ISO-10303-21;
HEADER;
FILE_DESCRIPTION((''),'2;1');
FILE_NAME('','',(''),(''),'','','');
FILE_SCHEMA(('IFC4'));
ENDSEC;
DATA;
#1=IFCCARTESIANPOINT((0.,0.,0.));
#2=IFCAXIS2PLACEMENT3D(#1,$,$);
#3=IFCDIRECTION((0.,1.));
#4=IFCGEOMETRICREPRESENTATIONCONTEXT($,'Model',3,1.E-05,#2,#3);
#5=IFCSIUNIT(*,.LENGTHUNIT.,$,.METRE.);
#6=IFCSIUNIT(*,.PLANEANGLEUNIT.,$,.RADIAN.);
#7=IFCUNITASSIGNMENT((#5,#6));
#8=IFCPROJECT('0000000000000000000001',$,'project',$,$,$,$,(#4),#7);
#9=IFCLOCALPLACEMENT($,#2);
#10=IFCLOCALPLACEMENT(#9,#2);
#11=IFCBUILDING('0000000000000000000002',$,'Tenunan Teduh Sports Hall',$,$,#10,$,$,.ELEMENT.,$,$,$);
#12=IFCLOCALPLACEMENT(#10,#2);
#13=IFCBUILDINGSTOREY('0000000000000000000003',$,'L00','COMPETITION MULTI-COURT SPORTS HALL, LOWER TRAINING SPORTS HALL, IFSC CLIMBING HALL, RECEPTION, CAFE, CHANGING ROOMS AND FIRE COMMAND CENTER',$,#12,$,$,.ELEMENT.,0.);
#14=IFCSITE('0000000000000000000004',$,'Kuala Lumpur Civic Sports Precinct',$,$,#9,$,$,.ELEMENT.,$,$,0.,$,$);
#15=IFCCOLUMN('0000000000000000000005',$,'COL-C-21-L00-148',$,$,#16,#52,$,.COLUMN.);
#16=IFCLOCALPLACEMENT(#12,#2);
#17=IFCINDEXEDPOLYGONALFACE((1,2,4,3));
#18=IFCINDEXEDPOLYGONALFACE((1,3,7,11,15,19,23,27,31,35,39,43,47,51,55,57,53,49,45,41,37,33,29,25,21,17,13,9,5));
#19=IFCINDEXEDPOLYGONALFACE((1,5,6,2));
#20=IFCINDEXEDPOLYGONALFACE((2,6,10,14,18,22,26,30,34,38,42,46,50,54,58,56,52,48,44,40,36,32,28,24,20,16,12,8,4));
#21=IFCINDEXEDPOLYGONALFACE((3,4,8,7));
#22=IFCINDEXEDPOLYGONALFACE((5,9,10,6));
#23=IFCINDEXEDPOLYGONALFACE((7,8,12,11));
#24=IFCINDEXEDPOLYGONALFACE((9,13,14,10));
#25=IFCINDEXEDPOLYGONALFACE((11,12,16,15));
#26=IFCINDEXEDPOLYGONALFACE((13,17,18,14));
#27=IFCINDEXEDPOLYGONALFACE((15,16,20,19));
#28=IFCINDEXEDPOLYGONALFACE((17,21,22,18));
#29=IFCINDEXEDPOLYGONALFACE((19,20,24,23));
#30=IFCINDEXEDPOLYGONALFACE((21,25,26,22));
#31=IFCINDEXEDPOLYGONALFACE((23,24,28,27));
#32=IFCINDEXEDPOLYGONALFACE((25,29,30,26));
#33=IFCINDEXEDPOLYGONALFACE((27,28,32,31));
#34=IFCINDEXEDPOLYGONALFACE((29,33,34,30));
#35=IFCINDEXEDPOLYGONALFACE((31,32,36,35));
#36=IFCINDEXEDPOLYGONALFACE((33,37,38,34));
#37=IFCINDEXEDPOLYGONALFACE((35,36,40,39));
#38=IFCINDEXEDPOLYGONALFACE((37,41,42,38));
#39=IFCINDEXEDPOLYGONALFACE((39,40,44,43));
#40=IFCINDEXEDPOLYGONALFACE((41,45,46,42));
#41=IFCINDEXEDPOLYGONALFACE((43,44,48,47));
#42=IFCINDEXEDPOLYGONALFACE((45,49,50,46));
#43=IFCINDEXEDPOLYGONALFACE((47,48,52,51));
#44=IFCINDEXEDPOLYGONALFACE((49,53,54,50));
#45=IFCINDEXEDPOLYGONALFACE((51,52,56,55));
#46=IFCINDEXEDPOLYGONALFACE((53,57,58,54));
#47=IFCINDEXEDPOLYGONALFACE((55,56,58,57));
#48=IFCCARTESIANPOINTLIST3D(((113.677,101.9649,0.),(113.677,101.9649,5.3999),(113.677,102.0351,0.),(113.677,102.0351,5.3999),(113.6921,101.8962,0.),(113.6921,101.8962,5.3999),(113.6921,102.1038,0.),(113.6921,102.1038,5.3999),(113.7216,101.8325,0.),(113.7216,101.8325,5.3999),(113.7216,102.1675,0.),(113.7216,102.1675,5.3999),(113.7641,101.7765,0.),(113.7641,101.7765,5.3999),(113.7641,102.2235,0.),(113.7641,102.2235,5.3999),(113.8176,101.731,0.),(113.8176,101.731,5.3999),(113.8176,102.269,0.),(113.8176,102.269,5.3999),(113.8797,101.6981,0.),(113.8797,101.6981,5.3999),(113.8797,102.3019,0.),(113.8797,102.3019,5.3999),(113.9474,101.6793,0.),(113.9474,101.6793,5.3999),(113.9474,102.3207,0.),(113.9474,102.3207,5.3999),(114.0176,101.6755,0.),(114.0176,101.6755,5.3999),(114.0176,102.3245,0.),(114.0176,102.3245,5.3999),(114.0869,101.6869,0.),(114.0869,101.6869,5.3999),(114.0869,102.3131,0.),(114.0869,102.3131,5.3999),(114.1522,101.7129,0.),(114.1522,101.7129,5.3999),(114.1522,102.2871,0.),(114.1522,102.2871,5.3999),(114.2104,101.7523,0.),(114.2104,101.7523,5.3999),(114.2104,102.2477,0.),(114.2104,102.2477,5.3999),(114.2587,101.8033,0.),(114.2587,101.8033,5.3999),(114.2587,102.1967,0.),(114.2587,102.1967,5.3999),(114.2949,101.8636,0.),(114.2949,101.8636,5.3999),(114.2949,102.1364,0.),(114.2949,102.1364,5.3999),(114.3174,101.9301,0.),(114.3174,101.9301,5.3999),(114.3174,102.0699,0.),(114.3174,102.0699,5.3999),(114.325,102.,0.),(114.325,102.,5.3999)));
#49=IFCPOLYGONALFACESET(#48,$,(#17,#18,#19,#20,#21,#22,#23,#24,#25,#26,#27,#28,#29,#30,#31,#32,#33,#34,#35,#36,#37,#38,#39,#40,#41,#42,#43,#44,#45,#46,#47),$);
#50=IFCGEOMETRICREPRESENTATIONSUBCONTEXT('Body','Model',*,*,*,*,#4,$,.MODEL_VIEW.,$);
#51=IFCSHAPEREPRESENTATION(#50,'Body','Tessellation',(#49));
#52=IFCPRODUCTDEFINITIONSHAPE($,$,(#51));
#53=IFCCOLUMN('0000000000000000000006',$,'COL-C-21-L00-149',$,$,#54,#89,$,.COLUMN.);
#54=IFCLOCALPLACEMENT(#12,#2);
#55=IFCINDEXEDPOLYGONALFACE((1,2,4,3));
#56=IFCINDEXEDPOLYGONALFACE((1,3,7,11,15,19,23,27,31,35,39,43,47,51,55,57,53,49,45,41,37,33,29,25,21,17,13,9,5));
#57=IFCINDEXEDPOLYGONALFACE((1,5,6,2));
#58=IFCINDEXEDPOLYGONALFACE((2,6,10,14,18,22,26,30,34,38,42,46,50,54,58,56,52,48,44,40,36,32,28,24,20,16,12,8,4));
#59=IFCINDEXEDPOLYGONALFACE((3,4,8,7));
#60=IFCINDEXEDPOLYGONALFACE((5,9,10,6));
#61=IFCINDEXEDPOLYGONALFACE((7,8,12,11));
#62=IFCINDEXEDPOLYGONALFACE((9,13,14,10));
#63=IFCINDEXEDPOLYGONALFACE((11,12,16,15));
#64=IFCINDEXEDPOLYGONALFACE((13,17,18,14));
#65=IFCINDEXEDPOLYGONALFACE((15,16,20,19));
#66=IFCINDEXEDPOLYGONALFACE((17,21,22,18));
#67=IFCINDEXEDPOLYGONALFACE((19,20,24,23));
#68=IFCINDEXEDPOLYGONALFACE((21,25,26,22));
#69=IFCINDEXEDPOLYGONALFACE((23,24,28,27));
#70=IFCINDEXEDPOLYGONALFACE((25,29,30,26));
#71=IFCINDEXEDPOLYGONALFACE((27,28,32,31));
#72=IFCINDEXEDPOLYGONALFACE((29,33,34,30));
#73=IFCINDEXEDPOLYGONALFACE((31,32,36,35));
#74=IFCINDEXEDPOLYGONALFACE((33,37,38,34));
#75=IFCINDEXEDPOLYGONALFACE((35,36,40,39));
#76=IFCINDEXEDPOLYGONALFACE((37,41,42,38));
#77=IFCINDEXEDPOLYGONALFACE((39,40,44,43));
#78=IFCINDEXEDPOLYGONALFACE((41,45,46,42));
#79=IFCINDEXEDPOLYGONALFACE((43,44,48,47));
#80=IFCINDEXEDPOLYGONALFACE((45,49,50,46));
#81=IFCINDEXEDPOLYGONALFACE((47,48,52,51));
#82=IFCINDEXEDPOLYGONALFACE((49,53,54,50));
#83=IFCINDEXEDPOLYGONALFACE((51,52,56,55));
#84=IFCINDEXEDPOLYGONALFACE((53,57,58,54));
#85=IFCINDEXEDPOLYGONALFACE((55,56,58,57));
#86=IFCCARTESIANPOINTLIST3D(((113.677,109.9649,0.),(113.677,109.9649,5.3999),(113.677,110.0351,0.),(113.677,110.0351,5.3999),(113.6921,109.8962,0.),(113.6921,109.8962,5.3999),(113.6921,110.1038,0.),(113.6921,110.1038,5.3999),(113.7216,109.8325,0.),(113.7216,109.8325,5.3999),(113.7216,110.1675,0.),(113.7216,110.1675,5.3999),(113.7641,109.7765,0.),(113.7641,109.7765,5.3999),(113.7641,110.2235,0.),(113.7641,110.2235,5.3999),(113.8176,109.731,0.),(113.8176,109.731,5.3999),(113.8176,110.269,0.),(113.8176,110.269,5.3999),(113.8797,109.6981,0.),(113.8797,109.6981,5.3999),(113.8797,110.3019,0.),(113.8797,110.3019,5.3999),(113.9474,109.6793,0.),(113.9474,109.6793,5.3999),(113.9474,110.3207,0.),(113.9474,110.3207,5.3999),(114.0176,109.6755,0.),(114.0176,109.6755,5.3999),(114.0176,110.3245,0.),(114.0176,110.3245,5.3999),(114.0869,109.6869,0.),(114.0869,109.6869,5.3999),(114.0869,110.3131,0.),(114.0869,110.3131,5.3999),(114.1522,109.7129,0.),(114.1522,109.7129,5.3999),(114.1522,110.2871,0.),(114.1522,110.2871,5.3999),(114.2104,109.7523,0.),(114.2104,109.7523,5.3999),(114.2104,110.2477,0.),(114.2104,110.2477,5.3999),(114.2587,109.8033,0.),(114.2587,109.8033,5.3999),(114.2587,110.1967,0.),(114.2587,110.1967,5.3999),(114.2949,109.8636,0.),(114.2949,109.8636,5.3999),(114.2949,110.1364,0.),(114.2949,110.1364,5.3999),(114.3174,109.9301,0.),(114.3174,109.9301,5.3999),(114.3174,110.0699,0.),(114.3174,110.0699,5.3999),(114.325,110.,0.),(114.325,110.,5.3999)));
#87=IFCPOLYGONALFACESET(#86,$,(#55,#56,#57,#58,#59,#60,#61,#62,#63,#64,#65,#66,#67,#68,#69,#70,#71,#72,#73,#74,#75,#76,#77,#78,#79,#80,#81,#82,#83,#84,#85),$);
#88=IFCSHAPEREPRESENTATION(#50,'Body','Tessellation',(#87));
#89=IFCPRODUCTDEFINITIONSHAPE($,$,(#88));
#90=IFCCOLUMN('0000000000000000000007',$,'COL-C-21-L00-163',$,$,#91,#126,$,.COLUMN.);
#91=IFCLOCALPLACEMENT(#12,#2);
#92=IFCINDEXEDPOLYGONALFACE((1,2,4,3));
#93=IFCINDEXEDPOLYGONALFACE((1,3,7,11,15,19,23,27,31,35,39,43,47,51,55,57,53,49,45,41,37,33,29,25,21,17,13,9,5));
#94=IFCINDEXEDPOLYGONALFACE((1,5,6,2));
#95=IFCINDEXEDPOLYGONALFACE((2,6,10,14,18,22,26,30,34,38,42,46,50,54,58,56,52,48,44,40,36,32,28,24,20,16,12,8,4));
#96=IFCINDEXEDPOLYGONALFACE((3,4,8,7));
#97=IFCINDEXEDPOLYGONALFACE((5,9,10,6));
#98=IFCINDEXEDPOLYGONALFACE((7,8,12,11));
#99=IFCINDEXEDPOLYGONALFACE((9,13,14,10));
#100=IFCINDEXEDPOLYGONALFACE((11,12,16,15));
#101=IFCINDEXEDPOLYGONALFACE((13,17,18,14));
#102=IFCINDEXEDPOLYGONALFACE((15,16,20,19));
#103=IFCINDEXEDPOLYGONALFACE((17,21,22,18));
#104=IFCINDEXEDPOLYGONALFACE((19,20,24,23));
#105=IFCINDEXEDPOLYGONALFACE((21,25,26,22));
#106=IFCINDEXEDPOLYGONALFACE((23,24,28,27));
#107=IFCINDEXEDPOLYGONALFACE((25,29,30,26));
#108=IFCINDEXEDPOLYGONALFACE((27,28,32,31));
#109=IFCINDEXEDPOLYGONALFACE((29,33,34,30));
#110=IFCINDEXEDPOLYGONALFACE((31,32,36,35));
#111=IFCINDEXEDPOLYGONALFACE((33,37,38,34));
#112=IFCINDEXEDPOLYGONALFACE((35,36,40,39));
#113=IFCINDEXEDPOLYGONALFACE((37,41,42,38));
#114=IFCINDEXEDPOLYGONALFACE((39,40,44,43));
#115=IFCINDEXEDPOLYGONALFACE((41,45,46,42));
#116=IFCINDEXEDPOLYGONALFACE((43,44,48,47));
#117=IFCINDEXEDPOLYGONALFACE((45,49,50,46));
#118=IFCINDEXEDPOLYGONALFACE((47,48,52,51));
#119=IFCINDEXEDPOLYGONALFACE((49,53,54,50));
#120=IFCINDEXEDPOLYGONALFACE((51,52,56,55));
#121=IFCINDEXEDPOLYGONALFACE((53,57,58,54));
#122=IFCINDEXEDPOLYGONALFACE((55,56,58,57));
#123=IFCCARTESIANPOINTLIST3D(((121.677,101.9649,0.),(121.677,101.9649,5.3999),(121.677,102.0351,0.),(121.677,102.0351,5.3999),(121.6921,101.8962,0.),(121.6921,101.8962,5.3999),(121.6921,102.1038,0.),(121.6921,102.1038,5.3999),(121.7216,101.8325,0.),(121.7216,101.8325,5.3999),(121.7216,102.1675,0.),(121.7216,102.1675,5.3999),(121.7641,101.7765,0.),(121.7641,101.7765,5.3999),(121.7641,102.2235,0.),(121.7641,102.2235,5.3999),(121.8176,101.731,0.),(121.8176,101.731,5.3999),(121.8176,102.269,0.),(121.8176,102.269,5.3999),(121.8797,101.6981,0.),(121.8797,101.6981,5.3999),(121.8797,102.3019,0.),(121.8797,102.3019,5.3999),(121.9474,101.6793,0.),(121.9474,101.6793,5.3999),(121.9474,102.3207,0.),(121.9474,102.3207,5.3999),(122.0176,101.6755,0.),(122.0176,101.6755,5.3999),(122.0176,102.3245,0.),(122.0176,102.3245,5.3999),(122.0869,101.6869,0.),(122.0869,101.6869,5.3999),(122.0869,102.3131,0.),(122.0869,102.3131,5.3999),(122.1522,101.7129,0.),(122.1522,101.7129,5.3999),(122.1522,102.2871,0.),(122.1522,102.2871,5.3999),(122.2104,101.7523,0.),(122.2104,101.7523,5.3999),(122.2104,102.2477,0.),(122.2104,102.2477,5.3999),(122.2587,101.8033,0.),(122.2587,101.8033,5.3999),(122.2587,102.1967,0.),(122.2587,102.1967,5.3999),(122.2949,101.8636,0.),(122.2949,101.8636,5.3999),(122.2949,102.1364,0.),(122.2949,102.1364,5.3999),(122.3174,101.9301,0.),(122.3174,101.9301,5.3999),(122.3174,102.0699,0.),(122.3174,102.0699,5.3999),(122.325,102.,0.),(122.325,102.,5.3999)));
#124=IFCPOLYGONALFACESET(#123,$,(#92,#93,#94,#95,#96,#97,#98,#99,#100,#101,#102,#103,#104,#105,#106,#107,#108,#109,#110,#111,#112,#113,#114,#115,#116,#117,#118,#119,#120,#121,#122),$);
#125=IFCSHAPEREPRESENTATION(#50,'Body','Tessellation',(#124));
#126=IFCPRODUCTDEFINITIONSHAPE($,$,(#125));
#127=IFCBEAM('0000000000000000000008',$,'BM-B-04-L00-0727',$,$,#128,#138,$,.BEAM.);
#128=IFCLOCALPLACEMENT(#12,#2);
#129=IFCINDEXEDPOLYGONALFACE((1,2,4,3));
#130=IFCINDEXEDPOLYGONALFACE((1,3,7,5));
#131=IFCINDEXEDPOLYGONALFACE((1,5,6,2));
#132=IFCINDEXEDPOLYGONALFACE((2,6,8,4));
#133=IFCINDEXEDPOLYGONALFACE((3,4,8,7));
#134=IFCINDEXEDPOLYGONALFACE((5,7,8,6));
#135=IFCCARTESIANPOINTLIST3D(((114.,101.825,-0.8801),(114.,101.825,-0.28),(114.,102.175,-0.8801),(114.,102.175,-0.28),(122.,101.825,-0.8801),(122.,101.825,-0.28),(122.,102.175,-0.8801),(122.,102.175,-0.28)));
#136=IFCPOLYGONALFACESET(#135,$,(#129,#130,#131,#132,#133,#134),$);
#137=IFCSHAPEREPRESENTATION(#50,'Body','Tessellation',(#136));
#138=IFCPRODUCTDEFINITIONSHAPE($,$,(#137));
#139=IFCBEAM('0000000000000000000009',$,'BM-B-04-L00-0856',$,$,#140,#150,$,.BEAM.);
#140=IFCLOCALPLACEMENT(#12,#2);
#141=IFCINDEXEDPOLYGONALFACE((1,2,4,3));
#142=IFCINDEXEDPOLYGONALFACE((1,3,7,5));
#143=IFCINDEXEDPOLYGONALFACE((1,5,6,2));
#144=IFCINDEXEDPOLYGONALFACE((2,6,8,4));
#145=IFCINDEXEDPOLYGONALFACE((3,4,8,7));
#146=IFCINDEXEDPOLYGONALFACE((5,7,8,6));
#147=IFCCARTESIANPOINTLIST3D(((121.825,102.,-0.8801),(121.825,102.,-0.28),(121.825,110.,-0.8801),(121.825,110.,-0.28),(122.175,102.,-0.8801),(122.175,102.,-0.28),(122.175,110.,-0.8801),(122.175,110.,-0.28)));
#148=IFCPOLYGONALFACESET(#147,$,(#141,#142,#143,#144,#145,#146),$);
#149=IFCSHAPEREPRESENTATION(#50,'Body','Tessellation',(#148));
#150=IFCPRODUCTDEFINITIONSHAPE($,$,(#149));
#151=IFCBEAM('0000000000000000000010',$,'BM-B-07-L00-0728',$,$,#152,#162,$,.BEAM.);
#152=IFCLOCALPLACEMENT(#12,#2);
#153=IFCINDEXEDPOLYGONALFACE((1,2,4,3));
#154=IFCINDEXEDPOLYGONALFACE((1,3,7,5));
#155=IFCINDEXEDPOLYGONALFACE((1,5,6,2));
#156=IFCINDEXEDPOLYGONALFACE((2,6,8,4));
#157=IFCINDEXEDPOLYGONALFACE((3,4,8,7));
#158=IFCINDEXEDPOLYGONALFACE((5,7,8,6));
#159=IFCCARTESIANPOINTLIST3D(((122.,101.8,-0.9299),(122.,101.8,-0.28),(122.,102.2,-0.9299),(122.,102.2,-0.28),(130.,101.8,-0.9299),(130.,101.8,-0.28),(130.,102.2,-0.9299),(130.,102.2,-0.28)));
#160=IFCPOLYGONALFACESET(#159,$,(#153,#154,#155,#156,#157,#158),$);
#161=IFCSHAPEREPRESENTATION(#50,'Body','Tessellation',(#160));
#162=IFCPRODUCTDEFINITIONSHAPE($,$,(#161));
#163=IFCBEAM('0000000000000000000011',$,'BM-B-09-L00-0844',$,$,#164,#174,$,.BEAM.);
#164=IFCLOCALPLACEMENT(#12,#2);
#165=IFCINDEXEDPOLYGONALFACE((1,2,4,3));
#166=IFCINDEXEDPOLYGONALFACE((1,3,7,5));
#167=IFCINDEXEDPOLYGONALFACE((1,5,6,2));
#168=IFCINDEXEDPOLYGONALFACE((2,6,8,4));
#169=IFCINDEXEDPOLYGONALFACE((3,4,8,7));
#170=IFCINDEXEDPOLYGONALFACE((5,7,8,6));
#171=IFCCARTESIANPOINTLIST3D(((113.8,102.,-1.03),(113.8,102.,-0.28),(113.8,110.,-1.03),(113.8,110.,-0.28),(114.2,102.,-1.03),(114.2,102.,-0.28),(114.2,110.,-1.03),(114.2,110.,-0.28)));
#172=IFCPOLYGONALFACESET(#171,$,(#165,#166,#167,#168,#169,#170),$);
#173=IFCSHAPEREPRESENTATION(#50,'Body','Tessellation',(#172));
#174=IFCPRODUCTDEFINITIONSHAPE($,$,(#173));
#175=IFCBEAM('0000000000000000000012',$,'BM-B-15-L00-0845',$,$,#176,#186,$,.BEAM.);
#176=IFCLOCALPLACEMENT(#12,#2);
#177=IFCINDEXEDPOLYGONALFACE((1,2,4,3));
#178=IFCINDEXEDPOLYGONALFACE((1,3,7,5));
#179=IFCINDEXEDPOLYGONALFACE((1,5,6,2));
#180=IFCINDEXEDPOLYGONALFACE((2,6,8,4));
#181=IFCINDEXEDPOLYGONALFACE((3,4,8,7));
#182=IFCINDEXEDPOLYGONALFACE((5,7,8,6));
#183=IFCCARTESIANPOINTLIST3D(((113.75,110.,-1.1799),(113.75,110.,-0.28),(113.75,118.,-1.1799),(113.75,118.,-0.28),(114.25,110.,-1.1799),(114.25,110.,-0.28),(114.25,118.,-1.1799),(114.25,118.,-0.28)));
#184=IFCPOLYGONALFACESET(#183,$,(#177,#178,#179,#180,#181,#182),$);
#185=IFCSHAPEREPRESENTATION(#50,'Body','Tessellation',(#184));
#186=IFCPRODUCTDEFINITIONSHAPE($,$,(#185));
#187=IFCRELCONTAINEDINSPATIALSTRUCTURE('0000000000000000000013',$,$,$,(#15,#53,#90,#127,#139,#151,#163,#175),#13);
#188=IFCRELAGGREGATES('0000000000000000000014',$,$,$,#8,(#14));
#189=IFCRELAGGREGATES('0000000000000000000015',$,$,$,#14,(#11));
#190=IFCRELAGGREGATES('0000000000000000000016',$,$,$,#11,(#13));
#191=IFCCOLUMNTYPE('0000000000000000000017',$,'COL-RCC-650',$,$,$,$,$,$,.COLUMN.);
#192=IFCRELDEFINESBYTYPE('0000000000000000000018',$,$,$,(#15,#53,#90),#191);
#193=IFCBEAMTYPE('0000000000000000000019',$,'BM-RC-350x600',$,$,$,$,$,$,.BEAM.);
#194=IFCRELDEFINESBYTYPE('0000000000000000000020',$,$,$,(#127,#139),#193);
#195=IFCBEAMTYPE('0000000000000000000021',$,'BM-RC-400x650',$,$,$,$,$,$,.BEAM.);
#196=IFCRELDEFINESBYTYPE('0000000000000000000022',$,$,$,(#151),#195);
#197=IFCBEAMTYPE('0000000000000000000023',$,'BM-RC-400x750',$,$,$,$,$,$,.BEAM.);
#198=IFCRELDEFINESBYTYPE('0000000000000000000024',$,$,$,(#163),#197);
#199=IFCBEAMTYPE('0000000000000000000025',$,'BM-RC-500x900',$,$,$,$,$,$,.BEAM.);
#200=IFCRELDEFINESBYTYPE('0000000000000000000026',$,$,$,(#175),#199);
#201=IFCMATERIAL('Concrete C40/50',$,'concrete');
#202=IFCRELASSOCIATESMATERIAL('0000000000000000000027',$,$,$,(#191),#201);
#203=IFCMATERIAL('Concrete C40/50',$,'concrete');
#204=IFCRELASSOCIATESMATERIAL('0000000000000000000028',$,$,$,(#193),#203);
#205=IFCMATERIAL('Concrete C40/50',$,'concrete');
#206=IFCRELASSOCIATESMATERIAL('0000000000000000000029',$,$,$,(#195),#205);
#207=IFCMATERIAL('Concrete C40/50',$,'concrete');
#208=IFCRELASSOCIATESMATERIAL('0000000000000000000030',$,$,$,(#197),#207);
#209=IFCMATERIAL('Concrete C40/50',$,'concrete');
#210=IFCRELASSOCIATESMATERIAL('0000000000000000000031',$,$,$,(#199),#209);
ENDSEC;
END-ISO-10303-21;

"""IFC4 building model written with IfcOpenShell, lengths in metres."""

from ifc_helpers import new_model, si_unit, direction, frame, origin, origin_2d, place, context, subcontext, project, spatial, rectangle, circle, extrude, material, material_profile, profile_set, type_object, element, save


model = new_model("IFC4")

# Units and contexts
model_context = context("Model", 3, precision=1e-05, world=origin(), true_north=direction((0.0, 1.0)))
body_context = subcontext(model_context, "Body", "Model", "MODEL_VIEW")
ifc_project = project(units=[si_unit("LENGTHUNIT", "METRE"), si_unit("PLANEANGLEUNIT", "RADIAN")], contexts=[model_context])

# Site, building, storey
site_placement = place(None, origin())
site = spatial("IfcSite", under=ifc_project, at=site_placement, Name="Kuala Lumpur Civic Sports Precinct", CompositionType="ELEMENT", RefElevation=0.0)
building_placement = place(site_placement, origin())
building = spatial("IfcBuilding", under=site, at=building_placement, Name="Tenunan Teduh Sports Hall", CompositionType="ELEMENT")
storey_placement = place(building_placement, origin())
storey = spatial("IfcBuildingStorey", under=building, at=storey_placement, Name="L00", Description="COMPETITION MULTI-COURT SPORTS HALL, LOWER TRAINING SPORTS HALL, IFSC CLIMBING HALL, RECEPTION, CAFE, CHANGING ROOMS AND FIRE COMMAND CENTER", CompositionType="ELEMENT", Elevation=0.0)

# Columns
ifc_material_1 = material(Name="Concrete C40/50", Category="concrete")
ifc_material_profile_1 = material_profile(ifc_material_1, circle(Radius=0.325, at=origin_2d()), Name="RCC D650")
ifc_profile_set_1 = profile_set([ifc_material_profile_1], Name="Concrete C40/50")
column_type = type_object("IfcColumnType", Name="COL-RCC-650", PredefinedType="COLUMN", material=ifc_profile_set_1)
for number, where, z_axis, x_axis, name in (
    (1, (114.0, 102.0, 0.0), (0.0, 0.0, 1.0), (1.0, 0.0, 0.0), "COL-C-21-L00-148"),
    (2, (114.0, 110.0, 0.0), (0.0, 0.0, 1.0), (1.0, 0.0, 0.0), "COL-C-21-L00-149"),
    (3, (122.0, 102.0, 0.0), (0.0, 0.0, 1.0), (1.0, 0.0, 0.0), "COL-C-21-L00-163"),
):
    element("IfcColumn", number, at=place(storey_placement, frame(where, z_axis=z_axis, x_axis=x_axis)), inside=storey, type_object=column_type, Name=name, PredefinedType="COLUMN", context=body_context, shape_type="SweptSolid", body=[
        extrude(circle(Radius=0.325, at=origin_2d()), origin(), (0.0, 0.0, 1.0), 5.3999),
    ])

# Beams
ifc_material_2 = material(Name="Concrete C40/50", Category="concrete")
ifc_material_profile_2 = material_profile(ifc_material_2, rectangle(XDim=0.3501, YDim=0.6001, at=origin_2d()), Name="RCB 350x600")
ifc_profile_set_2 = profile_set([ifc_material_profile_2], Name="Concrete C40/50")
beam_type_1 = type_object("IfcBeamType", Name="BM-RC-350x600", PredefinedType="BEAM", material=ifc_profile_set_2)
for number, where, z_axis, x_axis, name in (
    (4, (114.0, 102.0, -0.5801), (1.0, 0.0, 0.0), (0.0, 1.0, 0.0), "BM-B-04-L00-0727"),
    (5, (122.0, 102.0, -0.5801), (0.0, 1.0, 0.0), (-1.0, 0.0, 0.0), "BM-B-04-L00-0856"),
):
    element("IfcBeam", number, at=place(storey_placement, frame(where, z_axis=z_axis, x_axis=x_axis)), inside=storey, type_object=beam_type_1, Name=name, PredefinedType="BEAM", context=body_context, shape_type="SweptSolid", body=[
        extrude(rectangle(XDim=0.3501, YDim=0.6001, at=origin_2d()), origin(), (0.0, 0.0, 1.0), 8.0),
    ])
ifc_material_3 = material(Name="Concrete C40/50", Category="concrete")
ifc_material_profile_3 = material_profile(ifc_material_3, rectangle(XDim=0.3999, YDim=0.6499, at=origin_2d()), Name="RCB 400x650")
ifc_profile_set_3 = profile_set([ifc_material_profile_3], Name="Concrete C40/50")
beam_type_2 = type_object("IfcBeamType", Name="BM-RC-400x650", PredefinedType="BEAM", material=ifc_profile_set_3)
beam_1_placement = place(storey_placement, frame((122.0, 102.0, -0.605), z_axis=(1.0, 0.0, 0.0), x_axis=(0.0, 1.0, 0.0)))
element("IfcBeam", 6, at=beam_1_placement, inside=storey, type_object=beam_type_2, Name="BM-B-07-L00-0728", PredefinedType="BEAM", context=body_context, shape_type="SweptSolid", body=[
    extrude(rectangle(XDim=0.3999, YDim=0.6499, at=origin_2d()), origin(), (0.0, 0.0, 1.0), 8.0),
])
ifc_material_4 = material(Name="Concrete C40/50", Category="concrete")
ifc_material_profile_4 = material_profile(ifc_material_4, rectangle(XDim=0.3999, YDim=0.75, at=origin_2d()), Name="RCB 400x750")
ifc_profile_set_4 = profile_set([ifc_material_profile_4], Name="Concrete C40/50")
beam_type_3 = type_object("IfcBeamType", Name="BM-RC-400x750", PredefinedType="BEAM", material=ifc_profile_set_4)
beam_2_placement = place(storey_placement, frame((114.0, 102.0, -0.655), z_axis=(0.0, 1.0, 0.0), x_axis=(-1.0, 0.0, 0.0)))
element("IfcBeam", 7, at=beam_2_placement, inside=storey, type_object=beam_type_3, Name="BM-B-09-L00-0844", PredefinedType="BEAM", context=body_context, shape_type="SweptSolid", body=[
    extrude(rectangle(XDim=0.3999, YDim=0.75, at=origin_2d()), origin(), (0.0, 0.0, 1.0), 8.0),
])
ifc_material_5 = material(Name="Concrete C40/50", Category="concrete")
ifc_material_profile_5 = material_profile(ifc_material_5, rectangle(XDim=0.5, YDim=0.8999, at=origin_2d()), Name="RCB 500x900")
ifc_profile_set_5 = profile_set([ifc_material_profile_5], Name="Concrete C40/50")
beam_type_4 = type_object("IfcBeamType", Name="BM-RC-500x900", PredefinedType="BEAM", material=ifc_profile_set_5)
beam_3_placement = place(storey_placement, frame((114.0, 110.0, -0.73), z_axis=(0.0, 1.0, 0.0), x_axis=(-1.0, 0.0, 0.0)))
element("IfcBeam", 8, at=beam_3_placement, inside=storey, type_object=beam_type_4, Name="BM-B-15-L00-0845", PredefinedType="BEAM", context=body_context, shape_type="SweptSolid", body=[
    extrude(rectangle(XDim=0.5, YDim=0.8999, at=origin_2d()), origin(), (0.0, 0.0, 1.0), 8.0),
])

save(model, "model.ifc")
